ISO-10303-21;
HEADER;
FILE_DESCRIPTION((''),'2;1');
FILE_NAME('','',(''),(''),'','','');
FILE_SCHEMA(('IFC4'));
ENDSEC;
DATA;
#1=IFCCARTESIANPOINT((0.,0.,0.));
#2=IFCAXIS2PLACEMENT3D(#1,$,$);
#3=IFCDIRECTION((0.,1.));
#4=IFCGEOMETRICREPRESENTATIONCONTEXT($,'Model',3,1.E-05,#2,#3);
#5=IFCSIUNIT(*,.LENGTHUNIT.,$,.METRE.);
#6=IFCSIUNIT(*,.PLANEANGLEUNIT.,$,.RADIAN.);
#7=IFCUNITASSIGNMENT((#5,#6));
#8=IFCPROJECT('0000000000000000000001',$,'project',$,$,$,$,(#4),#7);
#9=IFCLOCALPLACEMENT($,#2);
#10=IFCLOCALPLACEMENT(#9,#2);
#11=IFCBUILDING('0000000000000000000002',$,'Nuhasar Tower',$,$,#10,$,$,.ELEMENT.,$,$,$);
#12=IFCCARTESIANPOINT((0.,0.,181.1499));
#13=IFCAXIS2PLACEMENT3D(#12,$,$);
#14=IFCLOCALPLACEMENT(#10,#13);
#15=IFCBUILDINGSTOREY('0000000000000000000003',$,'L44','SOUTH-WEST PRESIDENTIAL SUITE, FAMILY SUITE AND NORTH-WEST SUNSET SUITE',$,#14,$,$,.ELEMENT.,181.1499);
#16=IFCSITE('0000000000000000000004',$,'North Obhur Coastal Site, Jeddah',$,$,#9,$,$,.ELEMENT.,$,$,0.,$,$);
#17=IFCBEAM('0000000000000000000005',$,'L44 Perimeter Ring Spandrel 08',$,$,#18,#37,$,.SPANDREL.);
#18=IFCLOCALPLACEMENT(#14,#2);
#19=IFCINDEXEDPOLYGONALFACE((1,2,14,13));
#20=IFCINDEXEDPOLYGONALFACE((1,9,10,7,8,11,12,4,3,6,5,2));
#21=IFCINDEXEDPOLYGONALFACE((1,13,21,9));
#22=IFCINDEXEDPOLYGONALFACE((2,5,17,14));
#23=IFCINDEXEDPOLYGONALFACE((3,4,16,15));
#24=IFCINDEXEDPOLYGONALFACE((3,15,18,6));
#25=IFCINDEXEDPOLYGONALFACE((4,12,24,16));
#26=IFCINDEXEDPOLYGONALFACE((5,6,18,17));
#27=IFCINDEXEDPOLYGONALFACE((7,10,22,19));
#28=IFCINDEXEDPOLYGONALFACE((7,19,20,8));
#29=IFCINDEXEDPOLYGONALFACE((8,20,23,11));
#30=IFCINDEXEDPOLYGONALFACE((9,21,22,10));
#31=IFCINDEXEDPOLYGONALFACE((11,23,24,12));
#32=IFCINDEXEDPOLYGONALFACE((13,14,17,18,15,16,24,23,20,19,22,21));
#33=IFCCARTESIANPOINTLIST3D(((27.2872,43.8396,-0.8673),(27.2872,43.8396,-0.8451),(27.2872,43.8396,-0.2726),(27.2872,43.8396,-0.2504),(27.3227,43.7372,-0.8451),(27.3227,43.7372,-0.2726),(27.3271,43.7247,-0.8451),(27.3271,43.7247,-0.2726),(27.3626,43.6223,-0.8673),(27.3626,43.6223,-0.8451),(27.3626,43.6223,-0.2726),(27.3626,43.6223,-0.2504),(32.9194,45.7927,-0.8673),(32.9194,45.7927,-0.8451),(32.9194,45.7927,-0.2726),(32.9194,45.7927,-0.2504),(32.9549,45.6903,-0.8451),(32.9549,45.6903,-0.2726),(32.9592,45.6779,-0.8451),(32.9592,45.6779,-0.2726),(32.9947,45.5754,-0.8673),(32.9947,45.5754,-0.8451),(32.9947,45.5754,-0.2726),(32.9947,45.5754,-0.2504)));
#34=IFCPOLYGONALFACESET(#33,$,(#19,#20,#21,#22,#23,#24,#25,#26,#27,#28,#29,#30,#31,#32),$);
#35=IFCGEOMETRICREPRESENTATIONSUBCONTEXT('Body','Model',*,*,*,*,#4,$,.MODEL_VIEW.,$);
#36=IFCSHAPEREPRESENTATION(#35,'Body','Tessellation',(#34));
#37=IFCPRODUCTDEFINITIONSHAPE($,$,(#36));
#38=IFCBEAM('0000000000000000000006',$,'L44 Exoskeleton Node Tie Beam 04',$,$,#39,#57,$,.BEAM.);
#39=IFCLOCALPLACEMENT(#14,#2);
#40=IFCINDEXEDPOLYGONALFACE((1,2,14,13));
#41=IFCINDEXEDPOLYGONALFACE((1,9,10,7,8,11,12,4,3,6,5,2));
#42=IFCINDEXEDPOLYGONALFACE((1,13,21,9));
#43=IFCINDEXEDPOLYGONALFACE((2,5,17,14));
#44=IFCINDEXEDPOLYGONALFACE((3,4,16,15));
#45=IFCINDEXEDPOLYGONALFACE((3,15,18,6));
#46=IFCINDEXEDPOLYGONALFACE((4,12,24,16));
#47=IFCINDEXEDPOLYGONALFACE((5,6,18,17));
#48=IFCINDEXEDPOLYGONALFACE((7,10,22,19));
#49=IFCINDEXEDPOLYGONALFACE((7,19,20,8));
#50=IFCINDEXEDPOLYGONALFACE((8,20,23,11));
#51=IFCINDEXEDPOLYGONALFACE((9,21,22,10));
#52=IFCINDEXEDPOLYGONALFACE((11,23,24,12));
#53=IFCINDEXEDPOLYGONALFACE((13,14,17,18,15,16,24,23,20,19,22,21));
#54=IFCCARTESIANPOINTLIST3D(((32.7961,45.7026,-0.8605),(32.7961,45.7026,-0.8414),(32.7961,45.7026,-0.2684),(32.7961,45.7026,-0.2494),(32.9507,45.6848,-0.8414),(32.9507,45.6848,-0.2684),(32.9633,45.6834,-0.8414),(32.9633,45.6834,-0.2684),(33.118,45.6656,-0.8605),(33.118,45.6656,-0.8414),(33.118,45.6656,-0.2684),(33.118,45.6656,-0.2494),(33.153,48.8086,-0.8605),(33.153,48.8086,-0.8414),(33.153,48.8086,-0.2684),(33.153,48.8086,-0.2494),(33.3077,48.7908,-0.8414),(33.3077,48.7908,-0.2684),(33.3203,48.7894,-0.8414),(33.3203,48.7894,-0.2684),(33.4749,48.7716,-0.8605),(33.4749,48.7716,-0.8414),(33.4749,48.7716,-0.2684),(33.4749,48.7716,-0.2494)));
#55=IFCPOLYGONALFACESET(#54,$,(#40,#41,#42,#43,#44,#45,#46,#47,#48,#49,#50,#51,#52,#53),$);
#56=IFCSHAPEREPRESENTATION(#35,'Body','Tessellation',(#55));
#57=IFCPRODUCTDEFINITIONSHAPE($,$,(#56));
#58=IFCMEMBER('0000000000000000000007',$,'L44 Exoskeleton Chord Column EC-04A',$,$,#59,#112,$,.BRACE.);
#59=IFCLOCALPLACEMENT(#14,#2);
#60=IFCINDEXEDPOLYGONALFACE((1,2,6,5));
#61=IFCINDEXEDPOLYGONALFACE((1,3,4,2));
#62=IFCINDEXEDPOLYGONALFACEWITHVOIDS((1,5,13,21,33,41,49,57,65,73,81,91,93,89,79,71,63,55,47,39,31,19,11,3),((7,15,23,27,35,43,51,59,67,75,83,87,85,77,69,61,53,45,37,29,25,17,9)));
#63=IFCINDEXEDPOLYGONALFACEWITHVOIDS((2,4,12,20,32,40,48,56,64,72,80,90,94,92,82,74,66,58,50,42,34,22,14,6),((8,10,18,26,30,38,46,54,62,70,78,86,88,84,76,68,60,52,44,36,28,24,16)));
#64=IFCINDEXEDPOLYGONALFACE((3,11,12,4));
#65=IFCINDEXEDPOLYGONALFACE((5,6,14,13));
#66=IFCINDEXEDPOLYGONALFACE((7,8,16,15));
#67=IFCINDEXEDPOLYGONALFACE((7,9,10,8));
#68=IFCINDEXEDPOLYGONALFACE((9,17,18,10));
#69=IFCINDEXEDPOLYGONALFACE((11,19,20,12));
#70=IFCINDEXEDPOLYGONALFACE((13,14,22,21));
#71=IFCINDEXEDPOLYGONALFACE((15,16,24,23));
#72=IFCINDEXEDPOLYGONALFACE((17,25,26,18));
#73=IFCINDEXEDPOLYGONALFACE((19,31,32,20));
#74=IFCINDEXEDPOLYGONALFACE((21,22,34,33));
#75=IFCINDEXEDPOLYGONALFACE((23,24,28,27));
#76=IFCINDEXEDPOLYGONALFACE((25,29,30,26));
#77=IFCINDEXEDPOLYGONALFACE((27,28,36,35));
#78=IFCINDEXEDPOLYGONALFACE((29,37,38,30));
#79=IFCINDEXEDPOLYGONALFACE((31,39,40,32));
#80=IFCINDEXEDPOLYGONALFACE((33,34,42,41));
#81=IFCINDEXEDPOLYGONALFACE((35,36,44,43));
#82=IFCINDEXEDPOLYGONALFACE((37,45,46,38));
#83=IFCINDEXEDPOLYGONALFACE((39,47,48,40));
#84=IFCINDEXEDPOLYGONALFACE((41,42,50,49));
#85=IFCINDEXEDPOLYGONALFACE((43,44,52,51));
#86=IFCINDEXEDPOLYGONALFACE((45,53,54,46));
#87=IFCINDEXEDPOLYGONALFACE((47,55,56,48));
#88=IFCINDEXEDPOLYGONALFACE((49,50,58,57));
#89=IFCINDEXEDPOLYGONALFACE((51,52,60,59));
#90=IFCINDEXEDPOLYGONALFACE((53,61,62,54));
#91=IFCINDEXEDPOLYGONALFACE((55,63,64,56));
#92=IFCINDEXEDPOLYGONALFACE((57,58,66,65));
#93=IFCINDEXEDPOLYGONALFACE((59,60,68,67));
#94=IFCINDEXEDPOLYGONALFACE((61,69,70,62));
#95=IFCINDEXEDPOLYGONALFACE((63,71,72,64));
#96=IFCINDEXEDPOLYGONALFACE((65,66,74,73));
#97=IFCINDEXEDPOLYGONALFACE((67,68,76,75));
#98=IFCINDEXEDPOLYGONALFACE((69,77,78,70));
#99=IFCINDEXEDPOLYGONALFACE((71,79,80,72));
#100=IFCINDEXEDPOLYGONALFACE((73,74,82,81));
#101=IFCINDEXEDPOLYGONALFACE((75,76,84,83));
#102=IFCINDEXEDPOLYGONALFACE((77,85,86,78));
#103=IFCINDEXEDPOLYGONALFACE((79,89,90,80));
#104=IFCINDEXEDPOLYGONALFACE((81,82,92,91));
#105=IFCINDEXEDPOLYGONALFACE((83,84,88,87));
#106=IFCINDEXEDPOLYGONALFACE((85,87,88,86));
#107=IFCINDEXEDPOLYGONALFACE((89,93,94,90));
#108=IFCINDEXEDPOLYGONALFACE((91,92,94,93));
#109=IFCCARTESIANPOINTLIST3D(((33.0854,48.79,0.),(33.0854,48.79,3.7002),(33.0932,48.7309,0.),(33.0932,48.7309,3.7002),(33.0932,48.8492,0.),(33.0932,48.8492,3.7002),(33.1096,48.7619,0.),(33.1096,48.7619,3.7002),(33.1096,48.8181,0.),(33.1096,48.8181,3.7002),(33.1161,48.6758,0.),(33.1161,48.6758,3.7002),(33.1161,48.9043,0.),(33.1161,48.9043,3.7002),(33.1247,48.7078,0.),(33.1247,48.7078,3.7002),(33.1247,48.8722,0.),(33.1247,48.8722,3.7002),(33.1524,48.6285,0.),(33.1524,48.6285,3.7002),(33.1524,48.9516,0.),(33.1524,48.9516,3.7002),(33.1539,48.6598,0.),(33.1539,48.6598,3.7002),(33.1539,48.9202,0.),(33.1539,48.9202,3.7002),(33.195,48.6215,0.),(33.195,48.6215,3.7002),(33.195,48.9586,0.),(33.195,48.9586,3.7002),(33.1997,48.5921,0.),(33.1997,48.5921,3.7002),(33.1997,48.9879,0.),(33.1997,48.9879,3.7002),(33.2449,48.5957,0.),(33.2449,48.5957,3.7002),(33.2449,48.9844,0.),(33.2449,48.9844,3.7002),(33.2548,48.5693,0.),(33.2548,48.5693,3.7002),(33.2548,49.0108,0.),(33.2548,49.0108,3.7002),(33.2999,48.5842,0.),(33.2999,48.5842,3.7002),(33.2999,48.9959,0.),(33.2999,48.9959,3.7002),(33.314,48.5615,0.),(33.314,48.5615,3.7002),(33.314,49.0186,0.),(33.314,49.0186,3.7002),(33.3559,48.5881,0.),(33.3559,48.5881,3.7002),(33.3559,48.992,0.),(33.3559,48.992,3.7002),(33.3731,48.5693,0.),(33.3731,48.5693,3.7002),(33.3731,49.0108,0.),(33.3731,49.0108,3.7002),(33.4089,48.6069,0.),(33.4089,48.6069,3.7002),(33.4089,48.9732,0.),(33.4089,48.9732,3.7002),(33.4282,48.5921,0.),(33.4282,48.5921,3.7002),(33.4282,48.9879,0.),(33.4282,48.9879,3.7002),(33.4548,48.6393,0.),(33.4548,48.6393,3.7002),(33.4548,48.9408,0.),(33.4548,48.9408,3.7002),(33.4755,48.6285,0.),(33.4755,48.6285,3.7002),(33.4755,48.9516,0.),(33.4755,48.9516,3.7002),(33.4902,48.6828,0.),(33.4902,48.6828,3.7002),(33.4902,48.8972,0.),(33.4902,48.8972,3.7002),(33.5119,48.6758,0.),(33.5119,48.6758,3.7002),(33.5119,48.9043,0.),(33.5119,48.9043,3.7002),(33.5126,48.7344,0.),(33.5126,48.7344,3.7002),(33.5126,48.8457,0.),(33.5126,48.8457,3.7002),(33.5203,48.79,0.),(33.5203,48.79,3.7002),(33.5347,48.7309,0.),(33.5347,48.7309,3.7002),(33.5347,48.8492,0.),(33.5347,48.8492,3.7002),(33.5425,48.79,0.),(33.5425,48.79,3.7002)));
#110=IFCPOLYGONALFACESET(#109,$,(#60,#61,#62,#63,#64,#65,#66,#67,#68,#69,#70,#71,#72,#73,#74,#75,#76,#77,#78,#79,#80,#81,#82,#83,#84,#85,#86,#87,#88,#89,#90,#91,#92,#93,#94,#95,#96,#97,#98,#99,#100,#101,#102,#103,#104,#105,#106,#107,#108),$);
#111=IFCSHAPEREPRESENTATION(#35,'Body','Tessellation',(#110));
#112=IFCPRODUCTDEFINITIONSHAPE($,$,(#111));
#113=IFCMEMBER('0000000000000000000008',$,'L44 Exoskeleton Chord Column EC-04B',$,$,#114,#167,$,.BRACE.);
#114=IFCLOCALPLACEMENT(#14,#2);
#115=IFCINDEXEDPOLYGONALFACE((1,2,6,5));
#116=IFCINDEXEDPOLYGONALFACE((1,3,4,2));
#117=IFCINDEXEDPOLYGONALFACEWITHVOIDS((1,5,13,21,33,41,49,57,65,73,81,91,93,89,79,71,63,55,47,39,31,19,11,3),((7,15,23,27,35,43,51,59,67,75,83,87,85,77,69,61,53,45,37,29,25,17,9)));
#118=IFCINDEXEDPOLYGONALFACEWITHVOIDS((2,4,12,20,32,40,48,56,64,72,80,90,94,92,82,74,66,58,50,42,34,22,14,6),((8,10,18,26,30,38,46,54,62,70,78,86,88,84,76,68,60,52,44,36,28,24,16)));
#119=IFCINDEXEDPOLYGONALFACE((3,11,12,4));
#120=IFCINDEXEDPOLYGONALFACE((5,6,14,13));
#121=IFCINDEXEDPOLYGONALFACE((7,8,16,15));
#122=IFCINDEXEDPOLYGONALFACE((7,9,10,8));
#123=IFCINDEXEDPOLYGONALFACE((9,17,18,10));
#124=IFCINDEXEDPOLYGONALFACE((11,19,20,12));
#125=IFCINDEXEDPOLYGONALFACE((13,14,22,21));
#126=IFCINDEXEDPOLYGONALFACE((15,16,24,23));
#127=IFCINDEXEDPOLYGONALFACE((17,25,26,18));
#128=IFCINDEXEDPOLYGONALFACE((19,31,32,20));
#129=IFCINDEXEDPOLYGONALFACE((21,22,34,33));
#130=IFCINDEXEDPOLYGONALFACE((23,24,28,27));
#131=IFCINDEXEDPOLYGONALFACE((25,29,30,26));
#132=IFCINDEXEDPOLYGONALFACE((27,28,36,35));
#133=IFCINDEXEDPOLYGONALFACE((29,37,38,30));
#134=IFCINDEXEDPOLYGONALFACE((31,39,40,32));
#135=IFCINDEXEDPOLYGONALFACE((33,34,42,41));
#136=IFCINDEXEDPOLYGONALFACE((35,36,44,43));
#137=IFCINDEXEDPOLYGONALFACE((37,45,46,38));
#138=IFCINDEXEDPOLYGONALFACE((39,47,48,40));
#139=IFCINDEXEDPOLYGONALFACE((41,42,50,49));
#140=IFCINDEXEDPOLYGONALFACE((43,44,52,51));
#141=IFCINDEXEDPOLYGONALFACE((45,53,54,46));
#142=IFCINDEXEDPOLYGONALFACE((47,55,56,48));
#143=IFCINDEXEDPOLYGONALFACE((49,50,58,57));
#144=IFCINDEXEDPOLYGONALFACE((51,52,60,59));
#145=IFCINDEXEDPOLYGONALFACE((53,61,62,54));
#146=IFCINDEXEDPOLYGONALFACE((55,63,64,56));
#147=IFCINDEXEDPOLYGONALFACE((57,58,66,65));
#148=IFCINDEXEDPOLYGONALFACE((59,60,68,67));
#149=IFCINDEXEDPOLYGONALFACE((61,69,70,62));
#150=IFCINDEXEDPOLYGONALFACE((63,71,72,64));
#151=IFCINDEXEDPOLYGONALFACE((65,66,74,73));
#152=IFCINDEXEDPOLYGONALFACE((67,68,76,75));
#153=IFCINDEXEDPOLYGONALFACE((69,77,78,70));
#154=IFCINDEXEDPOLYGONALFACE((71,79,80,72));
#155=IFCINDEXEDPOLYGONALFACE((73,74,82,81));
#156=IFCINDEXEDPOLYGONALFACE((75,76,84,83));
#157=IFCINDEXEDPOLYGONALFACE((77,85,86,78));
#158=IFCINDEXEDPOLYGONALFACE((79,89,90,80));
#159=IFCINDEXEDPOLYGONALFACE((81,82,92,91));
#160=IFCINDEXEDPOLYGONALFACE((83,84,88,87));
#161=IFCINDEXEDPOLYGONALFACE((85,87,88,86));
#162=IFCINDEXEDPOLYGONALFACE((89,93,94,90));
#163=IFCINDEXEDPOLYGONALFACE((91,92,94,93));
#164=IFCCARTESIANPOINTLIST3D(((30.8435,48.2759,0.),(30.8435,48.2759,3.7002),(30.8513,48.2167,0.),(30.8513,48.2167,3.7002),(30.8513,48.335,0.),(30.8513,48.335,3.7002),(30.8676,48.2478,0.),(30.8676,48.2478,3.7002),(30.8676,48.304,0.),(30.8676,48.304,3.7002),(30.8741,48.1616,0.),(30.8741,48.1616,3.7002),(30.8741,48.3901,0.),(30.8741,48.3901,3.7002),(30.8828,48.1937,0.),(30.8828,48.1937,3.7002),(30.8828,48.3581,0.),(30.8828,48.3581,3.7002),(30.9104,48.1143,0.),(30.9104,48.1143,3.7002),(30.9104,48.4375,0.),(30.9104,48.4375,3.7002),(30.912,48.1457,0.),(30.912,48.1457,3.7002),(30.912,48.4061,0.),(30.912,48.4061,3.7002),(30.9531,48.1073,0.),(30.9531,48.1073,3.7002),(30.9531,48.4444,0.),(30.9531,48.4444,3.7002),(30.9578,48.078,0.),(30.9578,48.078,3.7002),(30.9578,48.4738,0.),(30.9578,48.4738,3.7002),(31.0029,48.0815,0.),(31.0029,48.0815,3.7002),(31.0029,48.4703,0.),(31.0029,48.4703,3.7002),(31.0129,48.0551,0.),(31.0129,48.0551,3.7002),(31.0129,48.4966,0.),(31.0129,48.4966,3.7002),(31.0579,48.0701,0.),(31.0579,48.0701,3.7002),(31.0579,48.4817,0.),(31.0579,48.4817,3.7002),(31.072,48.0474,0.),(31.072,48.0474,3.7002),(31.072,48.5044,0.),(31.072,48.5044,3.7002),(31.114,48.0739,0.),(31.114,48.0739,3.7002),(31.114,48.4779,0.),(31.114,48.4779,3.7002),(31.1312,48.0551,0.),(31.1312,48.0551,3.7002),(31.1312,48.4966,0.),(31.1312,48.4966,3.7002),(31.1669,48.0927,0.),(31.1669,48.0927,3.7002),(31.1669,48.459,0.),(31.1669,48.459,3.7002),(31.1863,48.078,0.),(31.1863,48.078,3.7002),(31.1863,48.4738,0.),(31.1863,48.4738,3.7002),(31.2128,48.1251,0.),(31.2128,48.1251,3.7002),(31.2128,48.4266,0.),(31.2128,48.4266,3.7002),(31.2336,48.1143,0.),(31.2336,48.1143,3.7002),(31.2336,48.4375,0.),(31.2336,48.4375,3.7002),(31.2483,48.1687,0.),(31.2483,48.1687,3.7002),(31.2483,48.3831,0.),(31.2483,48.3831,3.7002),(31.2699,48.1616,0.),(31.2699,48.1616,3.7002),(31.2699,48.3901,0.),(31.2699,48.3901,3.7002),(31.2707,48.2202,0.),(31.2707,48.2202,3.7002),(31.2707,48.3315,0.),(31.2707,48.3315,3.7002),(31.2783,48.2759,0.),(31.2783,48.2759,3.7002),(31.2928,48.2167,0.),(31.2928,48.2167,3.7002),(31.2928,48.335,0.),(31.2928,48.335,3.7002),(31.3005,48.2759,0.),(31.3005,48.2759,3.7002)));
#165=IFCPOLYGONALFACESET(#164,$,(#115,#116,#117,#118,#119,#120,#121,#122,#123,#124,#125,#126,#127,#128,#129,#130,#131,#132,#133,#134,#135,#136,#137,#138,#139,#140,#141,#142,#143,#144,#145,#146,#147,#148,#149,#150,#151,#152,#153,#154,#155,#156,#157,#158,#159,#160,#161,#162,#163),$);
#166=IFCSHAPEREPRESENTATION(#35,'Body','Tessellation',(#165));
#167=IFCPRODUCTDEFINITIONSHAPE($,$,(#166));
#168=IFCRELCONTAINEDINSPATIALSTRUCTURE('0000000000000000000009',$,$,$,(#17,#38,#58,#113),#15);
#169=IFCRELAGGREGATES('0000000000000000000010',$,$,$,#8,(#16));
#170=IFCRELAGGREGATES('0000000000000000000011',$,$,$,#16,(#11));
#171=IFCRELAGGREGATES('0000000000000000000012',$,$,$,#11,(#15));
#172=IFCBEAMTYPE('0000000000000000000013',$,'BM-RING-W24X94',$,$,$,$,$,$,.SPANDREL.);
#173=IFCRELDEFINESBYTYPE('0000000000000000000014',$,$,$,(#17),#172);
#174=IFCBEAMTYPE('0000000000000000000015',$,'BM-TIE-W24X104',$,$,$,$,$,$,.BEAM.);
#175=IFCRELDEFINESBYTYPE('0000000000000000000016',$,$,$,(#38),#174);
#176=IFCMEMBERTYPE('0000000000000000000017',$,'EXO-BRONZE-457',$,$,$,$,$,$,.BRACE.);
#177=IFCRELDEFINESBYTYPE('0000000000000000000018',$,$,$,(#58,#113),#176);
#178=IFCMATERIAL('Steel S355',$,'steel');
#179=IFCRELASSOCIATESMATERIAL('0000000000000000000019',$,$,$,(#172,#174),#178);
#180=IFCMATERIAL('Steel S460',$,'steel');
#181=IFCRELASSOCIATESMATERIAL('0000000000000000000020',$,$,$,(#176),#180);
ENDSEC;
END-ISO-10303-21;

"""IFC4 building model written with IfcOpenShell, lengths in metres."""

from ifc_helpers import new_model, si_unit, direction, frame, origin, origin_2d, place, context, subcontext, project, spatial, hollow_circle, i_section, extrude, material, material_profile, profile_set, type_object, element, save


model = new_model("IFC4")

# Units and contexts
model_context = context("Model", 3, precision=1e-05, world=origin(), true_north=direction((0.0, 1.0)))
body_context = subcontext(model_context, "Body", "Model", "MODEL_VIEW")
ifc_project = project(units=[si_unit("LENGTHUNIT", "METRE"), si_unit("PLANEANGLEUNIT", "RADIAN")], contexts=[model_context])

# Site, building, storey
site_placement = place(None, origin())
site = spatial("IfcSite", under=ifc_project, at=site_placement, Name="North Obhur Coastal Site, Jeddah", CompositionType="ELEMENT", RefElevation=0.0)
building_placement = place(site_placement, origin())
building = spatial("IfcBuilding", under=site, at=building_placement, Name="Nuhasar Tower", CompositionType="ELEMENT")
storey_placement = place(building_placement, frame((0.0, 0.0, 181.1499)))
storey = spatial("IfcBuildingStorey", under=building, at=storey_placement, Name="L44", Description="SOUTH-WEST PRESIDENTIAL SUITE, FAMILY SUITE AND NORTH-WEST SUNSET SUITE", CompositionType="ELEMENT", Elevation=181.1499)

# Beams
ifc_material_1 = material(Name="Steel S355", Category="steel")
ifc_material_profile_1 = material_profile(ifc_material_1, i_section(OverallWidth=0.23, OverallDepth=0.6169, WebThickness=0.0132, FlangeThickness=0.0222, at=origin_2d()), Name="W24X94")
ifc_profile_set_1 = profile_set([ifc_material_profile_1], Name="Steel S355")
beam_type_1 = type_object("IfcBeamType", Name="BM-RING-W24X94", PredefinedType="SPANDREL", material=ifc_profile_set_1)
beam_1_placement = place(storey_placement, frame((32.957, 45.6841, -0.5588), z_axis=(-0.944801, -0.327644, 0.0), x_axis=(0.327644, -0.944801, 0.0)))
element("IfcBeam", 1, at=beam_1_placement, inside=storey, type_object=beam_type_1, Name="L44 Perimeter Ring Spandrel 08", PredefinedType="SPANDREL", context=body_context, shape_type="SweptSolid", body=[
    extrude(i_section(OverallWidth=0.23, OverallDepth=0.6169, WebThickness=0.0132, FlangeThickness=0.0222, at=origin_2d()), origin(), (0.0, 0.0, 1.0), 5.9612),
])
ifc_material_profile_2 = material_profile(ifc_material_1, i_section(OverallWidth=0.324, OverallDepth=0.6111, WebThickness=0.0127, FlangeThickness=0.019, at=origin_2d()), Name="W24X104")
ifc_profile_set_2 = profile_set([ifc_material_profile_2], Name="Steel S355")
beam_type_2 = type_object("IfcBeamType", Name="BM-TIE-W24X104", PredefinedType="BEAM", material=ifc_profile_set_2)
beam_2_placement = place(storey_placement, frame((32.957, 45.6841, -0.5549), z_axis=(0.114168, 0.993461, 0.0), x_axis=(-0.993461, 0.114168, 0.0)))
element("IfcBeam", 2, at=beam_2_placement, inside=storey, type_object=beam_type_2, Name="L44 Exoskeleton Node Tie Beam 04", PredefinedType="BEAM", context=body_context, shape_type="SweptSolid", body=[
    extrude(i_section(OverallWidth=0.324, OverallDepth=0.6111, WebThickness=0.0127, FlangeThickness=0.019, at=origin_2d()), origin(), (0.0, 0.0, 1.0), 3.1265),
])

# Members
ifc_material_2 = material(Name="Steel S460", Category="steel")
ifc_material_profile_3 = material_profile(ifc_material_2, hollow_circle(Radius=0.2285, WallThickness=0.0222, at=origin_2d()), Name="HSS457X22.2")
ifc_profile_set_3 = profile_set([ifc_material_profile_3], Name="Steel S460")
member_type = type_object("IfcMemberType", Name="EXO-BRONZE-457", PredefinedType="BRACE", material=ifc_profile_set_3)
for number, where, z_axis, x_axis, name in (
    (3, (33.314, 48.79, 0.0), (0.0, 0.0, 1.0), (1.0, 0.0, 0.0), "L44 Exoskeleton Chord Column EC-04A"),
    (4, (31.072, 48.2759, 0.0), (0.0, 0.0, 1.0), (1.0, 0.0, 0.0), "L44 Exoskeleton Chord Column EC-04B"),
):
    element("IfcMember", number, at=place(storey_placement, frame(where, z_axis=z_axis, x_axis=x_axis)), inside=storey, type_object=member_type, Name=name, PredefinedType="BRACE", context=body_context, shape_type="SweptSolid", body=[
        extrude(hollow_circle(Radius=0.2285, WallThickness=0.0222, at=origin_2d()), origin(), (0.0, 0.0, 1.0), 3.7002),
    ])

save(model, "model.ifc")
